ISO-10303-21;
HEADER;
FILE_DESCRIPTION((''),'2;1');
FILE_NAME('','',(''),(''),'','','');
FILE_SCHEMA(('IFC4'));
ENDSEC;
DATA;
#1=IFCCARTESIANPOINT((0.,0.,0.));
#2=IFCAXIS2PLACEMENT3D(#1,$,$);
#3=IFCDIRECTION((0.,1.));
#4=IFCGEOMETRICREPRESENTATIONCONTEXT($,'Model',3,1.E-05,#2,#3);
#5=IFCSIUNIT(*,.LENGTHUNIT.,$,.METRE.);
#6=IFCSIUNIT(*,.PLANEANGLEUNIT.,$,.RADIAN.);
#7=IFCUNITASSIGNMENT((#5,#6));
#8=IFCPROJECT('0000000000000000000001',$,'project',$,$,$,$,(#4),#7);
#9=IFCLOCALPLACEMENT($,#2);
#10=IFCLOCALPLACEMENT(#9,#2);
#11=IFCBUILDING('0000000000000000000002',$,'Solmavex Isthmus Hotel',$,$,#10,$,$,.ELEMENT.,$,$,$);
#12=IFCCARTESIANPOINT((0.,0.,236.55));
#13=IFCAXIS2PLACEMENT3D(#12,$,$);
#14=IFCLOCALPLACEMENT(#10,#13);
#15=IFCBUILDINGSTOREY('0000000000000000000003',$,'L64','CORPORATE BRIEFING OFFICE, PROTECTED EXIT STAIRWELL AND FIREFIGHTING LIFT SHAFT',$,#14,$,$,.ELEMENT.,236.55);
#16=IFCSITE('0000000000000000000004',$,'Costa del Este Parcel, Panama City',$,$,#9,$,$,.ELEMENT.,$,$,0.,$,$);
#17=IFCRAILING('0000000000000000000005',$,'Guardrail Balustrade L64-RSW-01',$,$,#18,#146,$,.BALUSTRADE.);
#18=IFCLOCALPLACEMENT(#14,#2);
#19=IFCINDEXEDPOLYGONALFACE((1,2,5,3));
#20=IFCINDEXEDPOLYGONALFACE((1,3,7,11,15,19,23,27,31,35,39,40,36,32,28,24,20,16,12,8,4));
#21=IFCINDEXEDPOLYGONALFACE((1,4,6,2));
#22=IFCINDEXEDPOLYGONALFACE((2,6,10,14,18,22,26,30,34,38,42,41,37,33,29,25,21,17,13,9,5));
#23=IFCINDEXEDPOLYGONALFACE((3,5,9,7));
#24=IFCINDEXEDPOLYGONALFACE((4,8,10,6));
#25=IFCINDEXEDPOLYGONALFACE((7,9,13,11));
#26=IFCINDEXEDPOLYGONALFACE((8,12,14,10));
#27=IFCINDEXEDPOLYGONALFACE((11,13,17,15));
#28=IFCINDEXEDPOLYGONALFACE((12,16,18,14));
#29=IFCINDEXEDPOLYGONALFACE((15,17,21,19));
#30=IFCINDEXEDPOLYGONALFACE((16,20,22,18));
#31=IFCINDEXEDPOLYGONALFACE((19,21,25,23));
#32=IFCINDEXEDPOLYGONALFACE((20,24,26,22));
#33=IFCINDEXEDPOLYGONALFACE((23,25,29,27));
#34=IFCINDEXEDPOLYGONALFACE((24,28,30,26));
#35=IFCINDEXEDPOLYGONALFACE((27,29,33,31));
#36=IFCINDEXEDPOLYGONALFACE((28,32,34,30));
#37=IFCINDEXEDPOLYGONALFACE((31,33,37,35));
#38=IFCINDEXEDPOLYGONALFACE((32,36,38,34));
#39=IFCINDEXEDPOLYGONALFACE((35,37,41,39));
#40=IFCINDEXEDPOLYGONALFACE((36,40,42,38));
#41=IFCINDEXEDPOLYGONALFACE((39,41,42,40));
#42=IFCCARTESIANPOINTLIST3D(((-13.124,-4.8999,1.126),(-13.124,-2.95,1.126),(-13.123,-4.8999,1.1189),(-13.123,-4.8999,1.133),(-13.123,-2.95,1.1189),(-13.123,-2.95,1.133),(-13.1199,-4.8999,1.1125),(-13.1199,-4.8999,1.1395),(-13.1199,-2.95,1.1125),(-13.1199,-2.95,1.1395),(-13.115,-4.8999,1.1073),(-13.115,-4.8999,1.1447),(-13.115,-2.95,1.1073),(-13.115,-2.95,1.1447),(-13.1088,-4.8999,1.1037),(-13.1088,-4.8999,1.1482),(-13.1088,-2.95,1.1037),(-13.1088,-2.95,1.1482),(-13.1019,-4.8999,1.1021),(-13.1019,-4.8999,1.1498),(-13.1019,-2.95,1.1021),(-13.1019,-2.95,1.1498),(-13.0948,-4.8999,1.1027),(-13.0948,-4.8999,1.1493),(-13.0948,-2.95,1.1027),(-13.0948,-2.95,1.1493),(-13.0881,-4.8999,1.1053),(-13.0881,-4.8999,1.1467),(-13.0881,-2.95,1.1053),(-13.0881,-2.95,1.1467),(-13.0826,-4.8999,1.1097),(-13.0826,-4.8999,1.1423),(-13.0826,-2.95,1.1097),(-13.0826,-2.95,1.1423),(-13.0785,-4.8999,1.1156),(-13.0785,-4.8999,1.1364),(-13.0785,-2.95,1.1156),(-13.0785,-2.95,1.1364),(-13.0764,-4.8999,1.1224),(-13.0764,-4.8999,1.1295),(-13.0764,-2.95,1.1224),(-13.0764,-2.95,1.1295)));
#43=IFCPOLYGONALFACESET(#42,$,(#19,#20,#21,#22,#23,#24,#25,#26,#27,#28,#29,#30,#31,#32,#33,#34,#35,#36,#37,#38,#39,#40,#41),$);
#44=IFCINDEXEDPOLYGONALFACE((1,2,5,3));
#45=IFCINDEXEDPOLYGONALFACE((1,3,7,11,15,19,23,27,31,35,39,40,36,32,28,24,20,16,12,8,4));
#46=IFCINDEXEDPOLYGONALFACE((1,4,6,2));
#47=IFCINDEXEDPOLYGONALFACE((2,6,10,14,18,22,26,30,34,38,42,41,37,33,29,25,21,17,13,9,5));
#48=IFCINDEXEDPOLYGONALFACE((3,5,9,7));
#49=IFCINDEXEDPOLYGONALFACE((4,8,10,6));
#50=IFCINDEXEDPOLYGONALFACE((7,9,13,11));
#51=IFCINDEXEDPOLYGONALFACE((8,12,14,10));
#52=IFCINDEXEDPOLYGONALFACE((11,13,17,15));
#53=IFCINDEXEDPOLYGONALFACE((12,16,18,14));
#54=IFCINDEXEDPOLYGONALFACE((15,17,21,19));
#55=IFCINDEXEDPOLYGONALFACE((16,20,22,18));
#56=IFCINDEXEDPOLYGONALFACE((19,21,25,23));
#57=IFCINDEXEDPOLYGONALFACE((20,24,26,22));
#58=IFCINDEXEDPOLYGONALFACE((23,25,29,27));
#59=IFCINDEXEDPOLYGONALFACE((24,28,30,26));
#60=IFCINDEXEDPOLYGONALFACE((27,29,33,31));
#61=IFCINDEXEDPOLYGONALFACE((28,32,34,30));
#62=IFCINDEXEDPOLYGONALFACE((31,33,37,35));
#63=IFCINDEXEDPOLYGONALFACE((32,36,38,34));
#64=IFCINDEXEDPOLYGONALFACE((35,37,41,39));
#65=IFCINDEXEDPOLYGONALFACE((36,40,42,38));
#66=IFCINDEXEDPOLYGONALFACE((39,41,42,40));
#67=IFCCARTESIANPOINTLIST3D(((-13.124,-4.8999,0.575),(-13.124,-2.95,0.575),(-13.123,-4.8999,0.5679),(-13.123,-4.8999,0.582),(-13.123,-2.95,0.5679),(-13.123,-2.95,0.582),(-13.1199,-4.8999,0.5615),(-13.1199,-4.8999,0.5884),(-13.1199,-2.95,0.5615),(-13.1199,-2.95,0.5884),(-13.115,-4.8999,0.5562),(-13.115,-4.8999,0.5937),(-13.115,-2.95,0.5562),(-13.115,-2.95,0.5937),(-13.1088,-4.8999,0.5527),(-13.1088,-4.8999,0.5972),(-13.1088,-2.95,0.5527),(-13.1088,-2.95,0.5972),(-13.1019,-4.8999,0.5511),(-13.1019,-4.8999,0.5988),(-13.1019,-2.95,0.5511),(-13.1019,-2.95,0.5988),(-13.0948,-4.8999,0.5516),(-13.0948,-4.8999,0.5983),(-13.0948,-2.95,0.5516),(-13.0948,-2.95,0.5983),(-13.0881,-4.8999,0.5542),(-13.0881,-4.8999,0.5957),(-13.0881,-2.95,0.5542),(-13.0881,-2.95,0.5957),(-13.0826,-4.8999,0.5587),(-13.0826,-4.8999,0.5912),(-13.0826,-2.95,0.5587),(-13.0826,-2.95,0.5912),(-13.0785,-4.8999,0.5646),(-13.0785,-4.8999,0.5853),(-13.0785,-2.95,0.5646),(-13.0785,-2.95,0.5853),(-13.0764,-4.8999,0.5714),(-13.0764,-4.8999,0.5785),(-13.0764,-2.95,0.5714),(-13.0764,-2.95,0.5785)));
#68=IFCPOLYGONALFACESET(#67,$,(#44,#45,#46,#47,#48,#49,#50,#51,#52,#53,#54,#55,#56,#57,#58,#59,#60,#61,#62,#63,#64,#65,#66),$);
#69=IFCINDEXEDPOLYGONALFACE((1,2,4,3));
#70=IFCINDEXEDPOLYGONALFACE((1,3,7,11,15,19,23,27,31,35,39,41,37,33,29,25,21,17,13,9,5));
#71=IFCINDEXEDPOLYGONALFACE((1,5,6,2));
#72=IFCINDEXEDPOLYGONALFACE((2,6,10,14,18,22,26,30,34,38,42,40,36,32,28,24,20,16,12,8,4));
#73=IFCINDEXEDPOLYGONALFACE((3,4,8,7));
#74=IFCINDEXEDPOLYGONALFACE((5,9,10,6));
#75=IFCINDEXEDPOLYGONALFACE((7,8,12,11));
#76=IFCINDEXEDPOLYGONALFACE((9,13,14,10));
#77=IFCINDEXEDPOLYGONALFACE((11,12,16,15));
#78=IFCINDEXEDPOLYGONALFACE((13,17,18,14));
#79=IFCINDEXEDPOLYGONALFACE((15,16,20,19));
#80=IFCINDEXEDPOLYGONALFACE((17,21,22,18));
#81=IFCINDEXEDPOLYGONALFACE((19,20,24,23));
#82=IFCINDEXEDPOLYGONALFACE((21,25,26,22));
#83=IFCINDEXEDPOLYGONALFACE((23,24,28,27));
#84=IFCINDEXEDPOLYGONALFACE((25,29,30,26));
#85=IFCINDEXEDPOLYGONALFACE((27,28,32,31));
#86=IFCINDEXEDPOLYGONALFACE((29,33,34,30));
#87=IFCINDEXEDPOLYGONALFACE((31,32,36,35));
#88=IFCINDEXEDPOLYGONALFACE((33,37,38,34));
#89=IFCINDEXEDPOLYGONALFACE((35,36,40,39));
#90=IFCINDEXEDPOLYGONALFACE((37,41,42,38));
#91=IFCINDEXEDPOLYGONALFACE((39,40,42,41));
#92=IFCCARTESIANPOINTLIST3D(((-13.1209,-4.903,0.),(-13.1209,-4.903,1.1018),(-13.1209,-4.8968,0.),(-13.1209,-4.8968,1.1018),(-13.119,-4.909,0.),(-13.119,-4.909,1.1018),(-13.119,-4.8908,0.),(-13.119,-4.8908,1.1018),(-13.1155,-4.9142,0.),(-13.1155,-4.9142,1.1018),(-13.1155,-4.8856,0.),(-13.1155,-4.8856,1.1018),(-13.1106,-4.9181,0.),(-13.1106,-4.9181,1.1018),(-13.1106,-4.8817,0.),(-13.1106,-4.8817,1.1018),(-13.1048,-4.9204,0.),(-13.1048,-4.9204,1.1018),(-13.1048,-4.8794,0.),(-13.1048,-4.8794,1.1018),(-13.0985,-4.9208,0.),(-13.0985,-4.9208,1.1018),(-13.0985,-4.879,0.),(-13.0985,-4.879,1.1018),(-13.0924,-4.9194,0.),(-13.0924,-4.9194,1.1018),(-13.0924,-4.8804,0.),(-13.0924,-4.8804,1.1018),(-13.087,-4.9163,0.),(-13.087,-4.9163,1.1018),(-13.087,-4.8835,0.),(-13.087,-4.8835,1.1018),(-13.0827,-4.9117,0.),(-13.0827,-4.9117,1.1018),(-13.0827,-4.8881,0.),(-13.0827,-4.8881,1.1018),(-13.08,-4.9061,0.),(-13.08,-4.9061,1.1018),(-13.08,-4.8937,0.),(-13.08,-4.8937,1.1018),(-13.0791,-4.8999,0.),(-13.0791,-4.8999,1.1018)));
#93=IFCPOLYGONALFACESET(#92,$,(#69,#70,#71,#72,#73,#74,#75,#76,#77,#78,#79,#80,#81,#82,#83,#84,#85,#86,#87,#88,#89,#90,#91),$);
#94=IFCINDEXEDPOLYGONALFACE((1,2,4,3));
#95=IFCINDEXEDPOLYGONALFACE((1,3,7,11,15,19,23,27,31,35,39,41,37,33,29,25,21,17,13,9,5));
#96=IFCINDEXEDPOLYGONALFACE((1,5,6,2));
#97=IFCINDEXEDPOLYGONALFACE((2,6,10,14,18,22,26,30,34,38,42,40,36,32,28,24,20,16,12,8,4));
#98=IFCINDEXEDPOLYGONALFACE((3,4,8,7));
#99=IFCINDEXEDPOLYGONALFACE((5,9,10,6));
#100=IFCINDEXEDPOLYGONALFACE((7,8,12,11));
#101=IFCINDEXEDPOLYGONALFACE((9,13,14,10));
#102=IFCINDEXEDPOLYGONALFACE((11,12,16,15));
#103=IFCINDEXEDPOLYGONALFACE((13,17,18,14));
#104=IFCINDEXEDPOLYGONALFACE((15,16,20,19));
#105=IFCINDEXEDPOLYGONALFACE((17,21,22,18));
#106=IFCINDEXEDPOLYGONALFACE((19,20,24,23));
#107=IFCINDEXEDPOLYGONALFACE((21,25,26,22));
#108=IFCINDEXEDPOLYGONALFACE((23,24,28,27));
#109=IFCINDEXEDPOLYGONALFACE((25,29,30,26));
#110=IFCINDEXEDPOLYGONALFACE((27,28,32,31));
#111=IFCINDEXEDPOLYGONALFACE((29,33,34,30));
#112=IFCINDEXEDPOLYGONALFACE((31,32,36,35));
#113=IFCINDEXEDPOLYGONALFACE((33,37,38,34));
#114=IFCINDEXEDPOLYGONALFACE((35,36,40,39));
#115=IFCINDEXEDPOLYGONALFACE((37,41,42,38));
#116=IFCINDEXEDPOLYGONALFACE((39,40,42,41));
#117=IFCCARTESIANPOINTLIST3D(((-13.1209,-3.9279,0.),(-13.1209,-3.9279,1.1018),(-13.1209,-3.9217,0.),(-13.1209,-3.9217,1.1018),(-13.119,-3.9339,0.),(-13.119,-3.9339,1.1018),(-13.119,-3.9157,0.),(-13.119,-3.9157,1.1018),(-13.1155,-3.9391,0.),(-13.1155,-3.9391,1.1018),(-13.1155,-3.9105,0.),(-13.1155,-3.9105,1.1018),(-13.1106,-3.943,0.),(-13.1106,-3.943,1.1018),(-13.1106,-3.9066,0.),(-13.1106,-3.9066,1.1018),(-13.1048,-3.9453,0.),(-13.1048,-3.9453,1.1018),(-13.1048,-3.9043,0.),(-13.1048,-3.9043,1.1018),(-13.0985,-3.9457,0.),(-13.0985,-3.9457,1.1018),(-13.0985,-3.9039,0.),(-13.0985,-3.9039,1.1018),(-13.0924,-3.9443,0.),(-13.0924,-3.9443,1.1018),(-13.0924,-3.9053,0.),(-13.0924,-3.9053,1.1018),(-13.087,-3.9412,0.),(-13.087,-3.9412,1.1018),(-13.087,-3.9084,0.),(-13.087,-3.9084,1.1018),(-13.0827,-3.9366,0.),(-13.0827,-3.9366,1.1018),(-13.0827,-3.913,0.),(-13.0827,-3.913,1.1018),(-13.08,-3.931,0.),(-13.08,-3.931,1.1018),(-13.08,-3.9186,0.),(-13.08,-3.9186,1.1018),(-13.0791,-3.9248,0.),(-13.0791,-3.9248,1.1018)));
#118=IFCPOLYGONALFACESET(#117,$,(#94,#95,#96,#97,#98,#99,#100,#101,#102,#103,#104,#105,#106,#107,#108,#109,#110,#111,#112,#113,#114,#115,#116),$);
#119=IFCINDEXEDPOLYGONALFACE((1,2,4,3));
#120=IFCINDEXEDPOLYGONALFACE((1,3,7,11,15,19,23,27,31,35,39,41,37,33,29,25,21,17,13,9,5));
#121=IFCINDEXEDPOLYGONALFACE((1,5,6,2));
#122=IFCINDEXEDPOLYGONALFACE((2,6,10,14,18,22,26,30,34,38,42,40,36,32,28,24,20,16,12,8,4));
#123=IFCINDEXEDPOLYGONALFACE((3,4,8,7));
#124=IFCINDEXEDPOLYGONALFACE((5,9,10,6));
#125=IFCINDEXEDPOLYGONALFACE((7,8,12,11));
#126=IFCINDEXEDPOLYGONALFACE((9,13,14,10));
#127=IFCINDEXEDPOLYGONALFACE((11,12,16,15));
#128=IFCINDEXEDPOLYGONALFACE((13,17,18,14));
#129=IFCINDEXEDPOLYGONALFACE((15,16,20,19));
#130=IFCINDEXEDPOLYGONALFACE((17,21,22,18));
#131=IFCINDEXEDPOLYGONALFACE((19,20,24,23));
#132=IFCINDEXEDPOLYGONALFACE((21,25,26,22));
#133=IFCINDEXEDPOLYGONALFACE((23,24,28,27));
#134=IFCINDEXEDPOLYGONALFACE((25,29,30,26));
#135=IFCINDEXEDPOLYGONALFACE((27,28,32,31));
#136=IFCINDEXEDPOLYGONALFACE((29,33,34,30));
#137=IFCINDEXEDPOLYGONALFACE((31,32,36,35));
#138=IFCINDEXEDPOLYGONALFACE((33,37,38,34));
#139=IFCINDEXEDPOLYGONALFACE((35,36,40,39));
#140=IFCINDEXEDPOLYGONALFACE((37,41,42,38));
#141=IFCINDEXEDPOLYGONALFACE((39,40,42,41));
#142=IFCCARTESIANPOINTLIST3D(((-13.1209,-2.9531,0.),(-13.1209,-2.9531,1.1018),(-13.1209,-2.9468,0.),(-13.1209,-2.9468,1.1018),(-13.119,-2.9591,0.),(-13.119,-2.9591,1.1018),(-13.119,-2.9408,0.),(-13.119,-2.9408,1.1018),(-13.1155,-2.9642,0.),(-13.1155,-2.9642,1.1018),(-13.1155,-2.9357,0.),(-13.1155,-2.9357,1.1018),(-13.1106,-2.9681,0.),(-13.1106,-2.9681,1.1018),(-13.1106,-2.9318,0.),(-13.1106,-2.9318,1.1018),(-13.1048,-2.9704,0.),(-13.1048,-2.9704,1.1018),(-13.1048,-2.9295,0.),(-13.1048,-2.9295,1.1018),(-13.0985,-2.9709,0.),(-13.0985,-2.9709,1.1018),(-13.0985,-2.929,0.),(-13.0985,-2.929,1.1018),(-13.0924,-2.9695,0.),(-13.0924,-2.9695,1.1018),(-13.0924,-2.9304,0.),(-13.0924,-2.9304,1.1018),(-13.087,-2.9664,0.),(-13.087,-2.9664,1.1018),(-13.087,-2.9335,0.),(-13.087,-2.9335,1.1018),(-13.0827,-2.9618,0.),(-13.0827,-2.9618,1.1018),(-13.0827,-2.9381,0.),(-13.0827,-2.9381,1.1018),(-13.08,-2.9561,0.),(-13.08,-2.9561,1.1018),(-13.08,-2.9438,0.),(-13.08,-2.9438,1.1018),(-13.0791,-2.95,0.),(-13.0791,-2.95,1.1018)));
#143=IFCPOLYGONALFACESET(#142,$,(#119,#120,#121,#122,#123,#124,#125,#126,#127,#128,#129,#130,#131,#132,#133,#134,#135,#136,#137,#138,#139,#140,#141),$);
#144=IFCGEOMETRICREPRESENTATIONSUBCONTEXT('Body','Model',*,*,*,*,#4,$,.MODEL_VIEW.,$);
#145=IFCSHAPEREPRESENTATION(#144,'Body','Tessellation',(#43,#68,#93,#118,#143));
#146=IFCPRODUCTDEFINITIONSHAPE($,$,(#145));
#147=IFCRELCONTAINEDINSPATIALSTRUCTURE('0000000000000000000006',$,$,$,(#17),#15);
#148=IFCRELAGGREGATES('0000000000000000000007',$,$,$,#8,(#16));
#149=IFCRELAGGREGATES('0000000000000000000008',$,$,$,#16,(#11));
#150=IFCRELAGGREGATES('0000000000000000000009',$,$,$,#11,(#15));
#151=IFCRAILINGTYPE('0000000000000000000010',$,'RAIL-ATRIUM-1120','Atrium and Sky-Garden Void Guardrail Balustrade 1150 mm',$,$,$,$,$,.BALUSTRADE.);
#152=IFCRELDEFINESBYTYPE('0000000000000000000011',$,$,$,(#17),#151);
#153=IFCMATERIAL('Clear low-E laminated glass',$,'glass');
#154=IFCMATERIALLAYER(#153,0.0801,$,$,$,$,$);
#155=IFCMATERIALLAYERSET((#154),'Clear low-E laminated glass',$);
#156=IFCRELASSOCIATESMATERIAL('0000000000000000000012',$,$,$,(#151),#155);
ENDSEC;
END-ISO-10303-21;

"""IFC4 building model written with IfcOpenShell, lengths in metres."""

from ifc_helpers import new_model, si_unit, direction, frame, origin, origin_2d, place, context, subcontext, project, spatial, circle, extrude, material, layer, layer_set, type_object, element, save


model = new_model("IFC4")

# Units and contexts
model_context = context("Model", 3, precision=1e-05, world=origin(), true_north=direction((0.0, 1.0)))
body_context = subcontext(model_context, "Body", "Model", "MODEL_VIEW")
ifc_project = project(units=[si_unit("LENGTHUNIT", "METRE"), si_unit("PLANEANGLEUNIT", "RADIAN")], contexts=[model_context])

# Site, building, storey
site_placement = place(None, origin())
site = spatial("IfcSite", under=ifc_project, at=site_placement, Name="Costa del Este Parcel, Panama City", CompositionType="ELEMENT", RefElevation=0.0)
building_placement = place(site_placement, origin())
building = spatial("IfcBuilding", under=site, at=building_placement, Name="Solmavex Isthmus Hotel", CompositionType="ELEMENT")
storey_placement = place(building_placement, frame((0.0, 0.0, 236.55)))
storey = spatial("IfcBuildingStorey", under=building, at=storey_placement, Name="L64", Description="CORPORATE BRIEFING OFFICE, PROTECTED EXIT STAIRWELL AND FIREFIGHTING LIFT SHAFT", CompositionType="ELEMENT", Elevation=236.55)

# Railing
ifc_material_1 = material(Name="Clear low-E laminated glass", Category="glass")
ifc_layer_1 = layer(ifc_material_1, 0.0801)
ifc_layer_set_1 = layer_set([ifc_layer_1], Name="Clear low-E laminated glass")
railing_type_1 = type_object("IfcRailingType", Name="RAIL-ATRIUM-1120", Description="Atrium and Sky-Garden Void Guardrail Balustrade 1150 mm", PredefinedType="BALUSTRADE", material=ifc_layer_set_1)
railing_1_placement = place(storey_placement, frame((-13.1001, -4.8999, 0.0)))
element("IfcRailing", 1, at=railing_1_placement, inside=storey, type_object=railing_type_1, Name="Guardrail Balustrade L64-RSW-01", PredefinedType="BALUSTRADE", context=body_context, shape_type="SweptSolid", body=[
    extrude(circle(Radius=0.0239, at=origin_2d()), frame((0.0, 0.0, 1.126), z_axis=(0.0, 1.0, 0.0), x_axis=(-1.0, 0.0, 0.0)), (0.0, 0.0, 1.0), 1.95),
    extrude(circle(Radius=0.0239, at=origin_2d()), frame((0.0, 0.0, 0.575), z_axis=(0.0, 1.0, 0.0), x_axis=(-1.0, 0.0, 0.0)), (0.0, 0.0, 1.0), 1.95),
    extrude(circle(Radius=0.021, at=origin_2d()), origin(), (0.0, 0.0, 1.0), 1.1018),
    extrude(circle(Radius=0.021, at=origin_2d()), frame((0.0, 0.9751, 0.0)), (0.0, 0.0, 1.0), 1.1018),
    extrude(circle(Radius=0.021, at=origin_2d()), frame((0.0, 1.95, 0.0)), (0.0, 0.0, 1.0), 1.1018),
])

save(model, "model.ifc")
